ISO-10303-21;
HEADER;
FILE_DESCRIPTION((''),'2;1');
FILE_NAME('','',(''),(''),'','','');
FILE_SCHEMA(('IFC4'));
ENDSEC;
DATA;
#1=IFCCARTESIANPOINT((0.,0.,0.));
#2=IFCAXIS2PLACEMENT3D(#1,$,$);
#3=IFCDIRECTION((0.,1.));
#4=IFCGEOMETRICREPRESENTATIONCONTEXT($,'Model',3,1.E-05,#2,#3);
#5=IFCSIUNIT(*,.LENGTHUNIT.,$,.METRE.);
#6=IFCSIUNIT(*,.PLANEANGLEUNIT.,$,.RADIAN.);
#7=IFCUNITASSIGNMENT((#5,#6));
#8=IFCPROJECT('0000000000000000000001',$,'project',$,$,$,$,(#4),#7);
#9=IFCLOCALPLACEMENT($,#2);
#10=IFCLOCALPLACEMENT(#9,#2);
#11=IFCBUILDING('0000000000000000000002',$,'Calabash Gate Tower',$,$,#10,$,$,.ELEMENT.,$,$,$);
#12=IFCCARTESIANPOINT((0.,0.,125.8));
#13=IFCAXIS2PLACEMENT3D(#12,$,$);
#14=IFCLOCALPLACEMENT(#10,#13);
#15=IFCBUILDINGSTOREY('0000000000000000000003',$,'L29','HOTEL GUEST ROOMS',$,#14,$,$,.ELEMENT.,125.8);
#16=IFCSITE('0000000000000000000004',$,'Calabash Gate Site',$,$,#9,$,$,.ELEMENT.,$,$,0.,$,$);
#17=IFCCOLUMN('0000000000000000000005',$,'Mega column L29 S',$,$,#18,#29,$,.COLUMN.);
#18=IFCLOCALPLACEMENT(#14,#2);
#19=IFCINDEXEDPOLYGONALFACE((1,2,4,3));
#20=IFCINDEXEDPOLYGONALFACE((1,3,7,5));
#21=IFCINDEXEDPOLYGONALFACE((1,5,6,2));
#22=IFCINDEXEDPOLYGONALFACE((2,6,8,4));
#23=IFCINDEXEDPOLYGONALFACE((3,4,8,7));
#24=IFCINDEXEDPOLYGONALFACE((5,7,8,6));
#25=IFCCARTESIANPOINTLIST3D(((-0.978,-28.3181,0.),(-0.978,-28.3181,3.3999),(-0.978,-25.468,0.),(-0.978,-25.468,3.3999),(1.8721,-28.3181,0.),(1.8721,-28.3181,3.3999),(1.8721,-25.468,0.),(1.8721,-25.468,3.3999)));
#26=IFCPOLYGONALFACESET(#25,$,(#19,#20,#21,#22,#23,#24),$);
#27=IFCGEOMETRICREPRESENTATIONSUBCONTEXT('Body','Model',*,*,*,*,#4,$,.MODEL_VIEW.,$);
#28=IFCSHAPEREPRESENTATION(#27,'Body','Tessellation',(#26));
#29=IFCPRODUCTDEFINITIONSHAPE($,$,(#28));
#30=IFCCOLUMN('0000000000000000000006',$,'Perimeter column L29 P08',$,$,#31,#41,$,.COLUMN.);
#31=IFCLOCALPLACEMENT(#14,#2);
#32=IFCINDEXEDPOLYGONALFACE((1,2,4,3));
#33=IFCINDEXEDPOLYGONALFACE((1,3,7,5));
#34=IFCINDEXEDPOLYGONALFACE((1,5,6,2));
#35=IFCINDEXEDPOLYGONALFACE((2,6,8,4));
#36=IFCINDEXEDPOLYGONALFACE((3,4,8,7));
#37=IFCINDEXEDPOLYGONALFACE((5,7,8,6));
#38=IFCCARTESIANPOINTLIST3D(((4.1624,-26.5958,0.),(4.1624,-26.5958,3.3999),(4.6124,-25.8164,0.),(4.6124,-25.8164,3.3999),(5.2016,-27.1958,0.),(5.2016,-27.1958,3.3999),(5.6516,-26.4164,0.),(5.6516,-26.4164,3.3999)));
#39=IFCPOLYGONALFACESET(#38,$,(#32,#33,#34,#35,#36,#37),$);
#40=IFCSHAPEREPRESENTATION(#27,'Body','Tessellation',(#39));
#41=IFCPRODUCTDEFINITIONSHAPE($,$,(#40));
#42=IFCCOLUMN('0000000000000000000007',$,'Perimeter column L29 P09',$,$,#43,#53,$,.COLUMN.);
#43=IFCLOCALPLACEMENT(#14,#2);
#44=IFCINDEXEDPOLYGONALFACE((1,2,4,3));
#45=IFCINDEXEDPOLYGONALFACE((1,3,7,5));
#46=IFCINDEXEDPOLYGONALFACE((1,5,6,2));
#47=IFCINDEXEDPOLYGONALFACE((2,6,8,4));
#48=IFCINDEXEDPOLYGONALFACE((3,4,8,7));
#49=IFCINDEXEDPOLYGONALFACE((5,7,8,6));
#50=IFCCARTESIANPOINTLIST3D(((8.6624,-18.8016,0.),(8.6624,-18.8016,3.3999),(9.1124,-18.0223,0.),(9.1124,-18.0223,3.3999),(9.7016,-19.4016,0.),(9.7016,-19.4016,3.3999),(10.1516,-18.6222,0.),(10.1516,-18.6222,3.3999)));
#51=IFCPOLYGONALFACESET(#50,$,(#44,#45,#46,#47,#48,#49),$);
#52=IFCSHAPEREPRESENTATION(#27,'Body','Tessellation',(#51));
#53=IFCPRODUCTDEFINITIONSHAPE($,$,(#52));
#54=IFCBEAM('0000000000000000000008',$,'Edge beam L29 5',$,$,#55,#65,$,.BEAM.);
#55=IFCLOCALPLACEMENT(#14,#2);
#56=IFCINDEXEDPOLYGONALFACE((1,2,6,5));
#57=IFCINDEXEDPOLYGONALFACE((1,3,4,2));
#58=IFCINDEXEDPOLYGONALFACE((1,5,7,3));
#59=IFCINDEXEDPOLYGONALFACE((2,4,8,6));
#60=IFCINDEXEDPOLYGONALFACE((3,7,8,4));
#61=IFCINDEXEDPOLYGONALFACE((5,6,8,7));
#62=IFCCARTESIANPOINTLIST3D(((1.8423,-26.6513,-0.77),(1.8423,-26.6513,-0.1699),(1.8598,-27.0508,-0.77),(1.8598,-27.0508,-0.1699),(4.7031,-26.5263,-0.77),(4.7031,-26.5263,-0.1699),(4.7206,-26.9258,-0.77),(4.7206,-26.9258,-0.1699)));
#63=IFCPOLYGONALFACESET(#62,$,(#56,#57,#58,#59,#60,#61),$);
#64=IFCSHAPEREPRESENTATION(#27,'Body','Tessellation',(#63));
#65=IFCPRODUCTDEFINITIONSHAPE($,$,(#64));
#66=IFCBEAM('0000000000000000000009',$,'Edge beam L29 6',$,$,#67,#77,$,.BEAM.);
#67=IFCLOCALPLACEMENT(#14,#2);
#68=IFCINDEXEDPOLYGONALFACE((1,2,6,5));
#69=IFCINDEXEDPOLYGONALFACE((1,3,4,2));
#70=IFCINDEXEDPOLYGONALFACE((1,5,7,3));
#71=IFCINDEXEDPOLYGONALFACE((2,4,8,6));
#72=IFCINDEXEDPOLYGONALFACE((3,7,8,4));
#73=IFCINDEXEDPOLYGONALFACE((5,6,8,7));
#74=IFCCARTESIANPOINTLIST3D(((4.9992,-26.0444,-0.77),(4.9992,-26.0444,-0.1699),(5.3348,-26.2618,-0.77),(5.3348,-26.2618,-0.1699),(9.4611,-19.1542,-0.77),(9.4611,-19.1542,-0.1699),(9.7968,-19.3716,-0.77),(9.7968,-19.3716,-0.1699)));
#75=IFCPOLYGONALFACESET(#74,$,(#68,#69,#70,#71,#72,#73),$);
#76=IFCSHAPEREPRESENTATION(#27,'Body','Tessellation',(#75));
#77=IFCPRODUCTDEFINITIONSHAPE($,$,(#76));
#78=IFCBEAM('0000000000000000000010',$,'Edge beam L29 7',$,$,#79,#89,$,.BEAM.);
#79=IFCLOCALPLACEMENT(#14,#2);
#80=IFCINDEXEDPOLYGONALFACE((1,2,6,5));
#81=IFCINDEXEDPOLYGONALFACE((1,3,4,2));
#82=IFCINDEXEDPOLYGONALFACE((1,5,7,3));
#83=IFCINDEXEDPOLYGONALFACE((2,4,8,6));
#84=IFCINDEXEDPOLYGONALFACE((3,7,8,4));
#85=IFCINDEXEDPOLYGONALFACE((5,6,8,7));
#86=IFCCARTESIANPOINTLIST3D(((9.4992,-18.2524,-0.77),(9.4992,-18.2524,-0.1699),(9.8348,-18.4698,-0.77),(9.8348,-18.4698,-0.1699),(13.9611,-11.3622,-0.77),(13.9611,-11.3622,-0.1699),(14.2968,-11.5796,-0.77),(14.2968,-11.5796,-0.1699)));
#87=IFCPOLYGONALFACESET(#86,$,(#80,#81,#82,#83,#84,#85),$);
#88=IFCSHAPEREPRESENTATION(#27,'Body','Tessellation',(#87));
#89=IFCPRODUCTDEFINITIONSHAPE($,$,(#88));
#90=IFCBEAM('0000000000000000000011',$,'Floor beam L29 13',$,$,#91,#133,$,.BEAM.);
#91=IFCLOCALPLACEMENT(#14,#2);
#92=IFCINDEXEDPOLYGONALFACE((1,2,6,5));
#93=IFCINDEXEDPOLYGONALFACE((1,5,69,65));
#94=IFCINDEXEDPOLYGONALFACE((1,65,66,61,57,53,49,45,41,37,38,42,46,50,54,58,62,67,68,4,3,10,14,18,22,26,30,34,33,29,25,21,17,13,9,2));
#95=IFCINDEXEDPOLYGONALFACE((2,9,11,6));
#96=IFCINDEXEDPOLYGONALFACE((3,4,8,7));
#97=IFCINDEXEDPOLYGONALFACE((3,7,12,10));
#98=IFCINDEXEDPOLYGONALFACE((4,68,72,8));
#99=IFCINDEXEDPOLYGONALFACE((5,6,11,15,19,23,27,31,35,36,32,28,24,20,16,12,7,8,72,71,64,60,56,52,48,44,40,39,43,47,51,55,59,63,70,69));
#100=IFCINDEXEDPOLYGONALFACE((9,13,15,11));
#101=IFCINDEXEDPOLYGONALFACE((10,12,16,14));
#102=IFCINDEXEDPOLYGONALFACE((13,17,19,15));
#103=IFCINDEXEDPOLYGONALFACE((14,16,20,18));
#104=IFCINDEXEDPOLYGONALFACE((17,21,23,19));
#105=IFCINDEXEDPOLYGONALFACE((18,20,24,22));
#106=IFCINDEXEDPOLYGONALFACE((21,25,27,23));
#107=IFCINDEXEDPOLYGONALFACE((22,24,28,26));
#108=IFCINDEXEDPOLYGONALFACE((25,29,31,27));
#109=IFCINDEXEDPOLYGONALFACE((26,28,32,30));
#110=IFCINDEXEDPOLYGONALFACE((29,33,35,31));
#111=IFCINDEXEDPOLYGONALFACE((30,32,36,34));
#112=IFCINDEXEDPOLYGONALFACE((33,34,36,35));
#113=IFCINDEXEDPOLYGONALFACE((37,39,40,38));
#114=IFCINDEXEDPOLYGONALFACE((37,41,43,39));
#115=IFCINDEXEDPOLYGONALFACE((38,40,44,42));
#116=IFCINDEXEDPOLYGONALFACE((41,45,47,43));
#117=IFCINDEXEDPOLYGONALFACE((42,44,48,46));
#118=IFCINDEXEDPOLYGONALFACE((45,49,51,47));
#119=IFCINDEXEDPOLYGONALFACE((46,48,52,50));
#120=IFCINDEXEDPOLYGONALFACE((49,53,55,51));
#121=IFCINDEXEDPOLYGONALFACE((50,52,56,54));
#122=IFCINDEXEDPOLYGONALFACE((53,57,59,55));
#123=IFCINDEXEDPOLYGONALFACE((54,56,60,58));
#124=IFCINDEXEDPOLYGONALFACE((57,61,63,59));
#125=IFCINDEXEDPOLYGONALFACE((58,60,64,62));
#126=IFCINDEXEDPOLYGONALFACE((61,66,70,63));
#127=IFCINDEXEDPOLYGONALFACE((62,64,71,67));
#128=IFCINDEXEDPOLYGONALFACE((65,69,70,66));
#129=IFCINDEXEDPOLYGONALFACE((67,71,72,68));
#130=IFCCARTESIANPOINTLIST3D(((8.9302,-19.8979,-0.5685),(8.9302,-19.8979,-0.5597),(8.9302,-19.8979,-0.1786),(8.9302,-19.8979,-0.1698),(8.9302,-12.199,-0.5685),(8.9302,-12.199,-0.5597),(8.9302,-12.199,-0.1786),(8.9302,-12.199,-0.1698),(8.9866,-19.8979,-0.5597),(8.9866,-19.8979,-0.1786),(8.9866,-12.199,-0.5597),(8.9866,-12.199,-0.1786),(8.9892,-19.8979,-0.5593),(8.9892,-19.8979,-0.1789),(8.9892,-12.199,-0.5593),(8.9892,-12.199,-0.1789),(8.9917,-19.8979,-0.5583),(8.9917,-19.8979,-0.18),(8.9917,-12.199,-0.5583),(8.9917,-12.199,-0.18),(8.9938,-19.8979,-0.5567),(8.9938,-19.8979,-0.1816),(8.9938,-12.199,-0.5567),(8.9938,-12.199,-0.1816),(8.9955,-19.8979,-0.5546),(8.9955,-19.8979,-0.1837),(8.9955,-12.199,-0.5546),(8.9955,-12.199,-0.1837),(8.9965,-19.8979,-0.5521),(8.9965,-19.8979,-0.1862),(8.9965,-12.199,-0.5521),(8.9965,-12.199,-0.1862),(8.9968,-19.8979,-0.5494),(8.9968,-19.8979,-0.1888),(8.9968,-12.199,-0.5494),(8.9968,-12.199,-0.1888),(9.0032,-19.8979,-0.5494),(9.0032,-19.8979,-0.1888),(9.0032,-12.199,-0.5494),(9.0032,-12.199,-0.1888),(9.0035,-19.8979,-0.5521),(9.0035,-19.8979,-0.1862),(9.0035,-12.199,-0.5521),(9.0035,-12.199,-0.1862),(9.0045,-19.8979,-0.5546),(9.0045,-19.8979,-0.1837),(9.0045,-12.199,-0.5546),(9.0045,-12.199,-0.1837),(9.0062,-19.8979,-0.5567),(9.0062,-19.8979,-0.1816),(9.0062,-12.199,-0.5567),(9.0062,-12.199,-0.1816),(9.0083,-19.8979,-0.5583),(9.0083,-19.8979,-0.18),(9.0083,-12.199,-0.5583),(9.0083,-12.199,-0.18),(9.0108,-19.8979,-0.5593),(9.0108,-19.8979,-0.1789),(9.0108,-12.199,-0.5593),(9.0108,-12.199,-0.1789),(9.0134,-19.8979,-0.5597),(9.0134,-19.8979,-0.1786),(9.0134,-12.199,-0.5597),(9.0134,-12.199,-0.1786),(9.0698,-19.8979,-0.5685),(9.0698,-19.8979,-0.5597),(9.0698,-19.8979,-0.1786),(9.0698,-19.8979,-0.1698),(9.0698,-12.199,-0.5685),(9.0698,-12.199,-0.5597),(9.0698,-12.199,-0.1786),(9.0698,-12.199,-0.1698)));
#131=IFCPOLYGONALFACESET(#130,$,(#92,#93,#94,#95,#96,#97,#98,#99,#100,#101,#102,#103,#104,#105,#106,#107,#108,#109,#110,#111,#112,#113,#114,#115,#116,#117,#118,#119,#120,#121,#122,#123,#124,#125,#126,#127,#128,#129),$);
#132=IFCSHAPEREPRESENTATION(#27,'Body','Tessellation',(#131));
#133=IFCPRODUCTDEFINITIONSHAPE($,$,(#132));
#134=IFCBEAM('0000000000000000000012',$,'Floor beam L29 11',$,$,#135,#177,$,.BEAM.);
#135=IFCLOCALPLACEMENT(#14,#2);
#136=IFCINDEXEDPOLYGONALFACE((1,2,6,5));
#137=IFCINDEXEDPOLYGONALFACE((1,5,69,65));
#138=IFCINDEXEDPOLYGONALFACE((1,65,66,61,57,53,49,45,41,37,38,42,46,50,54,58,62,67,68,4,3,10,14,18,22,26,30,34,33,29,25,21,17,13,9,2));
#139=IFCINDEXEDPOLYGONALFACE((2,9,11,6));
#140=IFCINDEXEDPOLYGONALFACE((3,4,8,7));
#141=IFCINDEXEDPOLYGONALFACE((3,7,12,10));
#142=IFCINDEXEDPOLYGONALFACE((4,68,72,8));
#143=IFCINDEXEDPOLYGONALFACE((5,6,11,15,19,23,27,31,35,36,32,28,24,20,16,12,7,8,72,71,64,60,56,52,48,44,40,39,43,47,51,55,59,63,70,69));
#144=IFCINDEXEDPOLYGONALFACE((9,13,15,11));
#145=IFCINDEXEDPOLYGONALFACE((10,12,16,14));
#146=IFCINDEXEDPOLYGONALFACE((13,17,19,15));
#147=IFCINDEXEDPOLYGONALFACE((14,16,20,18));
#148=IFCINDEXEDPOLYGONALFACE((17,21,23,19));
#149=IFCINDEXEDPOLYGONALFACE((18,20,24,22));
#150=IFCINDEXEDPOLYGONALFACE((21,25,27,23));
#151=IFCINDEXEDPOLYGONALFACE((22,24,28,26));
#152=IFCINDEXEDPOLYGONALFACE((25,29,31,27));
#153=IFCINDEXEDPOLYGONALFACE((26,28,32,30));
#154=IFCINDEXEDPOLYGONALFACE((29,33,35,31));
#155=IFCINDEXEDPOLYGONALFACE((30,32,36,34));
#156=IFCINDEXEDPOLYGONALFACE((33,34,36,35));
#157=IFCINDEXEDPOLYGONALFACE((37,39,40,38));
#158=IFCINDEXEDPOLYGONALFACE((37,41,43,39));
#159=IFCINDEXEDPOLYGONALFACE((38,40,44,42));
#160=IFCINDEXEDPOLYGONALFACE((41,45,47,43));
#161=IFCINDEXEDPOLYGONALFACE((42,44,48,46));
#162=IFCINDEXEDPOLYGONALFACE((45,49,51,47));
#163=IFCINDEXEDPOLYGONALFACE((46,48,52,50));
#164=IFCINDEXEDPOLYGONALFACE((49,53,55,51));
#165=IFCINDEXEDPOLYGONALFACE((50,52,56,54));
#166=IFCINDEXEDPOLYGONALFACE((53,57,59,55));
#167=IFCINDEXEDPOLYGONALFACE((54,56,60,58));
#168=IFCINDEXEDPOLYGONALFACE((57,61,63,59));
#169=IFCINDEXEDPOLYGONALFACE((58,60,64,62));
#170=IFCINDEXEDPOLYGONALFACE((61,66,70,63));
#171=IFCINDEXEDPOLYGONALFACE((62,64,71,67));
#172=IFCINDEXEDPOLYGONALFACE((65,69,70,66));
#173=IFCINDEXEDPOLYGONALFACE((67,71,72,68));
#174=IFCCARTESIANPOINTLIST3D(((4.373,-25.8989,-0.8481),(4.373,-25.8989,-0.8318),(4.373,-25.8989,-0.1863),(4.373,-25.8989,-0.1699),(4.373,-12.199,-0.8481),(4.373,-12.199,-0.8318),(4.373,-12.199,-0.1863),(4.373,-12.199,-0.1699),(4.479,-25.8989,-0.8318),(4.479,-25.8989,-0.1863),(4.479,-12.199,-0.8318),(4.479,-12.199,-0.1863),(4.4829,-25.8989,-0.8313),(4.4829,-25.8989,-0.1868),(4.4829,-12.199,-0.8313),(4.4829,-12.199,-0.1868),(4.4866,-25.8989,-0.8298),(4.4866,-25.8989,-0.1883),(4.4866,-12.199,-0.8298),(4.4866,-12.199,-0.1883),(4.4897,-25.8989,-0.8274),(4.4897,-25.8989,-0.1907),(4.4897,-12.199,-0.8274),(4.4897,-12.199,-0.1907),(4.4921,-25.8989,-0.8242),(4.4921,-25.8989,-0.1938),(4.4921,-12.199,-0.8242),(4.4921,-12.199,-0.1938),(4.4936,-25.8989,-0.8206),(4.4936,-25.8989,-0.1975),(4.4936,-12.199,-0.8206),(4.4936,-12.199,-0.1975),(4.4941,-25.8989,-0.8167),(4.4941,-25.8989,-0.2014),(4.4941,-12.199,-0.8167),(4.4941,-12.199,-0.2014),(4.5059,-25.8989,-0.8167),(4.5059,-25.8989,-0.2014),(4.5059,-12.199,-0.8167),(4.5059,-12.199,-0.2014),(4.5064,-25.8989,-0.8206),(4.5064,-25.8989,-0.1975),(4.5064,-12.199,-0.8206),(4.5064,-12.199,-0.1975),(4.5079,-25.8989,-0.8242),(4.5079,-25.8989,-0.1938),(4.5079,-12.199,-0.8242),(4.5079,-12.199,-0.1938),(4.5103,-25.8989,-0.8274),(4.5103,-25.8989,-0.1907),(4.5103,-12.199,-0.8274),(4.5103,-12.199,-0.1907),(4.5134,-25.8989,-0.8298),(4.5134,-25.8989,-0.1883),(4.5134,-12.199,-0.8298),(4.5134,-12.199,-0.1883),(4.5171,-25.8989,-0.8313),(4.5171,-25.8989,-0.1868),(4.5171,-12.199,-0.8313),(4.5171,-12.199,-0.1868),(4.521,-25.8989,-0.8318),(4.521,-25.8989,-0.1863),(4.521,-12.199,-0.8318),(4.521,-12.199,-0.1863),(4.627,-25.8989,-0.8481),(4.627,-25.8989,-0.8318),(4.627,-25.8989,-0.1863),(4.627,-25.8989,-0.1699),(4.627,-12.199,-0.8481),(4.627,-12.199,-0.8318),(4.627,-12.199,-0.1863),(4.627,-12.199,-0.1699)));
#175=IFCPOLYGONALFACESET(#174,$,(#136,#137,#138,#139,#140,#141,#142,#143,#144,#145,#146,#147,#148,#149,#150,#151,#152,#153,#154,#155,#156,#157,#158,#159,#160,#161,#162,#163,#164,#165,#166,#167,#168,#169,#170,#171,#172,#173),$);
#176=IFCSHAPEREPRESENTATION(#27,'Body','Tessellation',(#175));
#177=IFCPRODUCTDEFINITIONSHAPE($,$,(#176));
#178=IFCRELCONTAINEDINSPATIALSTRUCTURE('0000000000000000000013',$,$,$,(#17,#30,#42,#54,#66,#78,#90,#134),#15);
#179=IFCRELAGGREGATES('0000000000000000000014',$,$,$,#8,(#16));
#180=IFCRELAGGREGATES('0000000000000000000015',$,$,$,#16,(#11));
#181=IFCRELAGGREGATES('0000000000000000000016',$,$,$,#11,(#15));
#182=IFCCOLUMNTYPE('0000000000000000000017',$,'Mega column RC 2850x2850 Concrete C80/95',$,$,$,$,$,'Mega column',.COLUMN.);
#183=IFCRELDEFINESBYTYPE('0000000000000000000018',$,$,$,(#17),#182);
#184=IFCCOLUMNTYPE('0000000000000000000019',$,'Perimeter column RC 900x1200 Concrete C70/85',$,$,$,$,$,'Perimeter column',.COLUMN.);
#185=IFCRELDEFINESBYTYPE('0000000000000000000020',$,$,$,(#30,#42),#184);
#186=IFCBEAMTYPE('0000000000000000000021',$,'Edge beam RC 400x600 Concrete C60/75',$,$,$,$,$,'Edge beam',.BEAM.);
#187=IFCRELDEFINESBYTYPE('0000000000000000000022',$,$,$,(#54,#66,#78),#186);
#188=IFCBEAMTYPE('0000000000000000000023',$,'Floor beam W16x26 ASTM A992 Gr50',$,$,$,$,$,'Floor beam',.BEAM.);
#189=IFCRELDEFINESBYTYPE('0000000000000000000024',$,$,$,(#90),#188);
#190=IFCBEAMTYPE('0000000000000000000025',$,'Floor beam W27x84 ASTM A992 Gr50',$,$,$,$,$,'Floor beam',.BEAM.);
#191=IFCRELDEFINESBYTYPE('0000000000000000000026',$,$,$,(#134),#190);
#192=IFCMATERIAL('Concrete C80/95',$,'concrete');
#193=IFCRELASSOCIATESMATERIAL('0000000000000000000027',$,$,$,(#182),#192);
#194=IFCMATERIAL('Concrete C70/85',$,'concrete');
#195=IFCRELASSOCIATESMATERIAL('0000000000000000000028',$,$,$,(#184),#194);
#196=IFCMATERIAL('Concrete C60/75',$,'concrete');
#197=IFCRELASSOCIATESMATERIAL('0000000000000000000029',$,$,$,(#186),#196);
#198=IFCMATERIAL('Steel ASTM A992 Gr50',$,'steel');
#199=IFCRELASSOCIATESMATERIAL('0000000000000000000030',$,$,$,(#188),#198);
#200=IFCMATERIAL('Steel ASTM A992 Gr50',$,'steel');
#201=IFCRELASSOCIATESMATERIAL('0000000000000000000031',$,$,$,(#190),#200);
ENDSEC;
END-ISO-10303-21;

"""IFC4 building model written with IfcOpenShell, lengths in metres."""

from ifc_helpers import new_model, si_unit, direction, frame, origin, origin_2d, place, context, subcontext, project, spatial, rectangle, i_section, extrude, material, material_profile, profile_set, type_object, element, save


model = new_model("IFC4")

# Units and contexts
model_context = context("Model", 3, precision=1e-05, world=origin(), true_north=direction((0.0, 1.0)))
body_context = subcontext(model_context, "Body", "Model", "MODEL_VIEW")
ifc_project = project(units=[si_unit("LENGTHUNIT", "METRE"), si_unit("PLANEANGLEUNIT", "RADIAN")], contexts=[model_context])

# Site, building, storey
site_placement = place(None, origin())
site = spatial("IfcSite", under=ifc_project, at=site_placement, Name="Calabash Gate Site", CompositionType="ELEMENT", RefElevation=0.0)
building_placement = place(site_placement, origin())
building = spatial("IfcBuilding", under=site, at=building_placement, Name="Calabash Gate Tower", CompositionType="ELEMENT")
storey_placement = place(building_placement, frame((0.0, 0.0, 125.8)))
storey = spatial("IfcBuildingStorey", under=building, at=storey_placement, Name="L29", Description="HOTEL GUEST ROOMS", CompositionType="ELEMENT", Elevation=125.8)

# Columns
ifc_material_1 = material(Name="Concrete C80/95", Category="concrete")
ifc_material_profile_1 = material_profile(ifc_material_1, rectangle(XDim=2.8501, YDim=2.8501, at=origin_2d()))
ifc_profile_set_1 = profile_set([ifc_material_profile_1], Name="Concrete C80/95")
column_type_1 = type_object("IfcColumnType", Name="Mega column RC 2850x2850 Concrete C80/95", ElementType="Mega column", PredefinedType="COLUMN", material=ifc_profile_set_1)
column_placement = place(storey_placement, frame((0.447, -26.8931, 0.0), z_axis=(0.0, 0.0, 1.0), x_axis=(0.0, 1.0, 0.0)))
element("IfcColumn", 1, at=column_placement, inside=storey, type_object=column_type_1, Name="Mega column L29 S", PredefinedType="COLUMN", context=body_context, shape_type="SweptSolid", body=[
    extrude(rectangle(XDim=2.8501, YDim=2.8501, at=origin_2d()), origin(), (0.0, 0.0, 1.0), 3.3999),
])
ifc_material_2 = material(Name="Concrete C70/85", Category="concrete")
ifc_material_profile_2 = material_profile(ifc_material_2, rectangle(XDim=0.8999, YDim=1.2, at=origin_2d()))
ifc_profile_set_2 = profile_set([ifc_material_profile_2], Name="Concrete C70/85")
column_type_2 = type_object("IfcColumnType", Name="Perimeter column RC 900x1200 Concrete C70/85", ElementType="Perimeter column", PredefinedType="COLUMN", material=ifc_profile_set_2)
for number, where, z_axis, x_axis, name in (
    (2, (4.907, -26.5061, 0.0), (0.0, 0.0, 1.0), (0.5, 0.866025, 0.0), "Perimeter column L29 P08"),
    (3, (9.407, -18.7119, 0.0), (0.0, 0.0, 1.0), (0.5, 0.866025, 0.0), "Perimeter column L29 P09"),
):
    element("IfcColumn", number, at=place(storey_placement, frame(where, z_axis=z_axis, x_axis=x_axis)), inside=storey, type_object=column_type_2, Name=name, PredefinedType="COLUMN", context=body_context, shape_type="SweptSolid", body=[
        extrude(rectangle(XDim=0.8999, YDim=1.2, at=origin_2d()), origin(), (0.0, 0.0, 1.0), 3.3999),
    ])

# Beams
ifc_material_3 = material(Name="Concrete C60/75", Category="concrete")
ifc_material_profile_3 = material_profile(ifc_material_3, rectangle(XDim=0.3999, YDim=0.6001, at=origin_2d()))
ifc_profile_set_3 = profile_set([ifc_material_profile_3], Name="Concrete C60/75")
beam_type_1 = type_object("IfcBeamType", Name="Edge beam RC 400x600 Concrete C60/75", ElementType="Edge beam", PredefinedType="BEAM", material=ifc_profile_set_3)
beam_1_placement = place(storey_placement, frame((1.8511, -26.8511, -0.47), z_axis=(0.999047, 0.043652, 0.0), x_axis=(-0.043652, 0.999047, 0.0)))
element("IfcBeam", 4, at=beam_1_placement, inside=storey, type_object=beam_type_1, Name="Edge beam L29 5", PredefinedType="BEAM", context=body_context, shape_type="SweptSolid", body=[
    extrude(rectangle(XDim=0.3999, YDim=0.6001, at=origin_2d()), origin(), (0.0, 0.0, 1.0), 2.8635),
])
for number, where, z_axis, x_axis, name in (
    (5, (5.167, -26.1531, -0.47), (0.54356, 0.839371, 0.0), (-0.839371, 0.54356, 0.0), "Edge beam L29 6"),
    (6, (9.667, -18.3611, -0.47), (0.54356, 0.839371, 0.0), (-0.839371, 0.54356, 0.0), "Edge beam L29 7"),
):
    element("IfcBeam", number, at=place(storey_placement, frame(where, z_axis=z_axis, x_axis=x_axis)), inside=storey, type_object=beam_type_1, Name=name, PredefinedType="BEAM", context=body_context, shape_type="SweptSolid", body=[
        extrude(rectangle(XDim=0.3999, YDim=0.6001, at=origin_2d()), origin(), (0.0, 0.0, 1.0), 8.2087),
    ])
ifc_material_4 = material(Name="Steel ASTM A992 Gr50", Category="steel")
ifc_material_profile_4 = material_profile(ifc_material_4, i_section(OverallWidth=0.1396, OverallDepth=0.3987, WebThickness=0.0063, FlangeThickness=0.0088, FilletRadius=0.0103, at=origin_2d()))
ifc_profile_set_4 = profile_set([ifc_material_profile_4], Name="Steel ASTM A992 Gr50")
beam_type_2 = type_object("IfcBeamType", Name="Floor beam W16x26 ASTM A992 Gr50", ElementType="Floor beam", PredefinedType="BEAM", material=ifc_profile_set_4)
beam_2_placement = place(storey_placement, frame((9.0, -19.8979, -0.3691), z_axis=(0.0, 1.0, 0.0), x_axis=(-1.0, 0.0, 0.0)))
element("IfcBeam", 7, at=beam_2_placement, inside=storey, type_object=beam_type_2, Name="Floor beam L29 13", PredefinedType="BEAM", context=body_context, shape_type="SweptSolid", body=[
    extrude(i_section(OverallWidth=0.1396, OverallDepth=0.3987, WebThickness=0.0063, FlangeThickness=0.0088, FilletRadius=0.0103, at=origin_2d()), origin(), (0.0, 0.0, 1.0), 7.699),
])
ifc_material_5 = material(Name="Steel ASTM A992 Gr50", Category="steel")
ifc_material_profile_5 = material_profile(ifc_material_5, i_section(OverallWidth=0.2539, OverallDepth=0.6782, WebThickness=0.0117, FlangeThickness=0.0164, FilletRadius=0.0151, at=origin_2d()))
ifc_profile_set_5 = profile_set([ifc_material_profile_5], Name="Steel ASTM A992 Gr50")
beam_type_3 = type_object("IfcBeamType", Name="Floor beam W27x84 ASTM A992 Gr50", ElementType="Floor beam", PredefinedType="BEAM", material=ifc_profile_set_5)
beam_3_placement = place(storey_placement, frame((4.5, -25.8989, -0.509), z_axis=(0.0, 1.0, 0.0), x_axis=(-1.0, 0.0, 0.0)))
element("IfcBeam", 8, at=beam_3_placement, inside=storey, type_object=beam_type_3, Name="Floor beam L29 11", PredefinedType="BEAM", context=body_context, shape_type="SweptSolid", body=[
    extrude(i_section(OverallWidth=0.2539, OverallDepth=0.6782, WebThickness=0.0117, FlangeThickness=0.0164, FilletRadius=0.0151, at=origin_2d()), origin(), (0.0, 0.0, 1.0), 13.7),
])

save(model, "model.ifc")
